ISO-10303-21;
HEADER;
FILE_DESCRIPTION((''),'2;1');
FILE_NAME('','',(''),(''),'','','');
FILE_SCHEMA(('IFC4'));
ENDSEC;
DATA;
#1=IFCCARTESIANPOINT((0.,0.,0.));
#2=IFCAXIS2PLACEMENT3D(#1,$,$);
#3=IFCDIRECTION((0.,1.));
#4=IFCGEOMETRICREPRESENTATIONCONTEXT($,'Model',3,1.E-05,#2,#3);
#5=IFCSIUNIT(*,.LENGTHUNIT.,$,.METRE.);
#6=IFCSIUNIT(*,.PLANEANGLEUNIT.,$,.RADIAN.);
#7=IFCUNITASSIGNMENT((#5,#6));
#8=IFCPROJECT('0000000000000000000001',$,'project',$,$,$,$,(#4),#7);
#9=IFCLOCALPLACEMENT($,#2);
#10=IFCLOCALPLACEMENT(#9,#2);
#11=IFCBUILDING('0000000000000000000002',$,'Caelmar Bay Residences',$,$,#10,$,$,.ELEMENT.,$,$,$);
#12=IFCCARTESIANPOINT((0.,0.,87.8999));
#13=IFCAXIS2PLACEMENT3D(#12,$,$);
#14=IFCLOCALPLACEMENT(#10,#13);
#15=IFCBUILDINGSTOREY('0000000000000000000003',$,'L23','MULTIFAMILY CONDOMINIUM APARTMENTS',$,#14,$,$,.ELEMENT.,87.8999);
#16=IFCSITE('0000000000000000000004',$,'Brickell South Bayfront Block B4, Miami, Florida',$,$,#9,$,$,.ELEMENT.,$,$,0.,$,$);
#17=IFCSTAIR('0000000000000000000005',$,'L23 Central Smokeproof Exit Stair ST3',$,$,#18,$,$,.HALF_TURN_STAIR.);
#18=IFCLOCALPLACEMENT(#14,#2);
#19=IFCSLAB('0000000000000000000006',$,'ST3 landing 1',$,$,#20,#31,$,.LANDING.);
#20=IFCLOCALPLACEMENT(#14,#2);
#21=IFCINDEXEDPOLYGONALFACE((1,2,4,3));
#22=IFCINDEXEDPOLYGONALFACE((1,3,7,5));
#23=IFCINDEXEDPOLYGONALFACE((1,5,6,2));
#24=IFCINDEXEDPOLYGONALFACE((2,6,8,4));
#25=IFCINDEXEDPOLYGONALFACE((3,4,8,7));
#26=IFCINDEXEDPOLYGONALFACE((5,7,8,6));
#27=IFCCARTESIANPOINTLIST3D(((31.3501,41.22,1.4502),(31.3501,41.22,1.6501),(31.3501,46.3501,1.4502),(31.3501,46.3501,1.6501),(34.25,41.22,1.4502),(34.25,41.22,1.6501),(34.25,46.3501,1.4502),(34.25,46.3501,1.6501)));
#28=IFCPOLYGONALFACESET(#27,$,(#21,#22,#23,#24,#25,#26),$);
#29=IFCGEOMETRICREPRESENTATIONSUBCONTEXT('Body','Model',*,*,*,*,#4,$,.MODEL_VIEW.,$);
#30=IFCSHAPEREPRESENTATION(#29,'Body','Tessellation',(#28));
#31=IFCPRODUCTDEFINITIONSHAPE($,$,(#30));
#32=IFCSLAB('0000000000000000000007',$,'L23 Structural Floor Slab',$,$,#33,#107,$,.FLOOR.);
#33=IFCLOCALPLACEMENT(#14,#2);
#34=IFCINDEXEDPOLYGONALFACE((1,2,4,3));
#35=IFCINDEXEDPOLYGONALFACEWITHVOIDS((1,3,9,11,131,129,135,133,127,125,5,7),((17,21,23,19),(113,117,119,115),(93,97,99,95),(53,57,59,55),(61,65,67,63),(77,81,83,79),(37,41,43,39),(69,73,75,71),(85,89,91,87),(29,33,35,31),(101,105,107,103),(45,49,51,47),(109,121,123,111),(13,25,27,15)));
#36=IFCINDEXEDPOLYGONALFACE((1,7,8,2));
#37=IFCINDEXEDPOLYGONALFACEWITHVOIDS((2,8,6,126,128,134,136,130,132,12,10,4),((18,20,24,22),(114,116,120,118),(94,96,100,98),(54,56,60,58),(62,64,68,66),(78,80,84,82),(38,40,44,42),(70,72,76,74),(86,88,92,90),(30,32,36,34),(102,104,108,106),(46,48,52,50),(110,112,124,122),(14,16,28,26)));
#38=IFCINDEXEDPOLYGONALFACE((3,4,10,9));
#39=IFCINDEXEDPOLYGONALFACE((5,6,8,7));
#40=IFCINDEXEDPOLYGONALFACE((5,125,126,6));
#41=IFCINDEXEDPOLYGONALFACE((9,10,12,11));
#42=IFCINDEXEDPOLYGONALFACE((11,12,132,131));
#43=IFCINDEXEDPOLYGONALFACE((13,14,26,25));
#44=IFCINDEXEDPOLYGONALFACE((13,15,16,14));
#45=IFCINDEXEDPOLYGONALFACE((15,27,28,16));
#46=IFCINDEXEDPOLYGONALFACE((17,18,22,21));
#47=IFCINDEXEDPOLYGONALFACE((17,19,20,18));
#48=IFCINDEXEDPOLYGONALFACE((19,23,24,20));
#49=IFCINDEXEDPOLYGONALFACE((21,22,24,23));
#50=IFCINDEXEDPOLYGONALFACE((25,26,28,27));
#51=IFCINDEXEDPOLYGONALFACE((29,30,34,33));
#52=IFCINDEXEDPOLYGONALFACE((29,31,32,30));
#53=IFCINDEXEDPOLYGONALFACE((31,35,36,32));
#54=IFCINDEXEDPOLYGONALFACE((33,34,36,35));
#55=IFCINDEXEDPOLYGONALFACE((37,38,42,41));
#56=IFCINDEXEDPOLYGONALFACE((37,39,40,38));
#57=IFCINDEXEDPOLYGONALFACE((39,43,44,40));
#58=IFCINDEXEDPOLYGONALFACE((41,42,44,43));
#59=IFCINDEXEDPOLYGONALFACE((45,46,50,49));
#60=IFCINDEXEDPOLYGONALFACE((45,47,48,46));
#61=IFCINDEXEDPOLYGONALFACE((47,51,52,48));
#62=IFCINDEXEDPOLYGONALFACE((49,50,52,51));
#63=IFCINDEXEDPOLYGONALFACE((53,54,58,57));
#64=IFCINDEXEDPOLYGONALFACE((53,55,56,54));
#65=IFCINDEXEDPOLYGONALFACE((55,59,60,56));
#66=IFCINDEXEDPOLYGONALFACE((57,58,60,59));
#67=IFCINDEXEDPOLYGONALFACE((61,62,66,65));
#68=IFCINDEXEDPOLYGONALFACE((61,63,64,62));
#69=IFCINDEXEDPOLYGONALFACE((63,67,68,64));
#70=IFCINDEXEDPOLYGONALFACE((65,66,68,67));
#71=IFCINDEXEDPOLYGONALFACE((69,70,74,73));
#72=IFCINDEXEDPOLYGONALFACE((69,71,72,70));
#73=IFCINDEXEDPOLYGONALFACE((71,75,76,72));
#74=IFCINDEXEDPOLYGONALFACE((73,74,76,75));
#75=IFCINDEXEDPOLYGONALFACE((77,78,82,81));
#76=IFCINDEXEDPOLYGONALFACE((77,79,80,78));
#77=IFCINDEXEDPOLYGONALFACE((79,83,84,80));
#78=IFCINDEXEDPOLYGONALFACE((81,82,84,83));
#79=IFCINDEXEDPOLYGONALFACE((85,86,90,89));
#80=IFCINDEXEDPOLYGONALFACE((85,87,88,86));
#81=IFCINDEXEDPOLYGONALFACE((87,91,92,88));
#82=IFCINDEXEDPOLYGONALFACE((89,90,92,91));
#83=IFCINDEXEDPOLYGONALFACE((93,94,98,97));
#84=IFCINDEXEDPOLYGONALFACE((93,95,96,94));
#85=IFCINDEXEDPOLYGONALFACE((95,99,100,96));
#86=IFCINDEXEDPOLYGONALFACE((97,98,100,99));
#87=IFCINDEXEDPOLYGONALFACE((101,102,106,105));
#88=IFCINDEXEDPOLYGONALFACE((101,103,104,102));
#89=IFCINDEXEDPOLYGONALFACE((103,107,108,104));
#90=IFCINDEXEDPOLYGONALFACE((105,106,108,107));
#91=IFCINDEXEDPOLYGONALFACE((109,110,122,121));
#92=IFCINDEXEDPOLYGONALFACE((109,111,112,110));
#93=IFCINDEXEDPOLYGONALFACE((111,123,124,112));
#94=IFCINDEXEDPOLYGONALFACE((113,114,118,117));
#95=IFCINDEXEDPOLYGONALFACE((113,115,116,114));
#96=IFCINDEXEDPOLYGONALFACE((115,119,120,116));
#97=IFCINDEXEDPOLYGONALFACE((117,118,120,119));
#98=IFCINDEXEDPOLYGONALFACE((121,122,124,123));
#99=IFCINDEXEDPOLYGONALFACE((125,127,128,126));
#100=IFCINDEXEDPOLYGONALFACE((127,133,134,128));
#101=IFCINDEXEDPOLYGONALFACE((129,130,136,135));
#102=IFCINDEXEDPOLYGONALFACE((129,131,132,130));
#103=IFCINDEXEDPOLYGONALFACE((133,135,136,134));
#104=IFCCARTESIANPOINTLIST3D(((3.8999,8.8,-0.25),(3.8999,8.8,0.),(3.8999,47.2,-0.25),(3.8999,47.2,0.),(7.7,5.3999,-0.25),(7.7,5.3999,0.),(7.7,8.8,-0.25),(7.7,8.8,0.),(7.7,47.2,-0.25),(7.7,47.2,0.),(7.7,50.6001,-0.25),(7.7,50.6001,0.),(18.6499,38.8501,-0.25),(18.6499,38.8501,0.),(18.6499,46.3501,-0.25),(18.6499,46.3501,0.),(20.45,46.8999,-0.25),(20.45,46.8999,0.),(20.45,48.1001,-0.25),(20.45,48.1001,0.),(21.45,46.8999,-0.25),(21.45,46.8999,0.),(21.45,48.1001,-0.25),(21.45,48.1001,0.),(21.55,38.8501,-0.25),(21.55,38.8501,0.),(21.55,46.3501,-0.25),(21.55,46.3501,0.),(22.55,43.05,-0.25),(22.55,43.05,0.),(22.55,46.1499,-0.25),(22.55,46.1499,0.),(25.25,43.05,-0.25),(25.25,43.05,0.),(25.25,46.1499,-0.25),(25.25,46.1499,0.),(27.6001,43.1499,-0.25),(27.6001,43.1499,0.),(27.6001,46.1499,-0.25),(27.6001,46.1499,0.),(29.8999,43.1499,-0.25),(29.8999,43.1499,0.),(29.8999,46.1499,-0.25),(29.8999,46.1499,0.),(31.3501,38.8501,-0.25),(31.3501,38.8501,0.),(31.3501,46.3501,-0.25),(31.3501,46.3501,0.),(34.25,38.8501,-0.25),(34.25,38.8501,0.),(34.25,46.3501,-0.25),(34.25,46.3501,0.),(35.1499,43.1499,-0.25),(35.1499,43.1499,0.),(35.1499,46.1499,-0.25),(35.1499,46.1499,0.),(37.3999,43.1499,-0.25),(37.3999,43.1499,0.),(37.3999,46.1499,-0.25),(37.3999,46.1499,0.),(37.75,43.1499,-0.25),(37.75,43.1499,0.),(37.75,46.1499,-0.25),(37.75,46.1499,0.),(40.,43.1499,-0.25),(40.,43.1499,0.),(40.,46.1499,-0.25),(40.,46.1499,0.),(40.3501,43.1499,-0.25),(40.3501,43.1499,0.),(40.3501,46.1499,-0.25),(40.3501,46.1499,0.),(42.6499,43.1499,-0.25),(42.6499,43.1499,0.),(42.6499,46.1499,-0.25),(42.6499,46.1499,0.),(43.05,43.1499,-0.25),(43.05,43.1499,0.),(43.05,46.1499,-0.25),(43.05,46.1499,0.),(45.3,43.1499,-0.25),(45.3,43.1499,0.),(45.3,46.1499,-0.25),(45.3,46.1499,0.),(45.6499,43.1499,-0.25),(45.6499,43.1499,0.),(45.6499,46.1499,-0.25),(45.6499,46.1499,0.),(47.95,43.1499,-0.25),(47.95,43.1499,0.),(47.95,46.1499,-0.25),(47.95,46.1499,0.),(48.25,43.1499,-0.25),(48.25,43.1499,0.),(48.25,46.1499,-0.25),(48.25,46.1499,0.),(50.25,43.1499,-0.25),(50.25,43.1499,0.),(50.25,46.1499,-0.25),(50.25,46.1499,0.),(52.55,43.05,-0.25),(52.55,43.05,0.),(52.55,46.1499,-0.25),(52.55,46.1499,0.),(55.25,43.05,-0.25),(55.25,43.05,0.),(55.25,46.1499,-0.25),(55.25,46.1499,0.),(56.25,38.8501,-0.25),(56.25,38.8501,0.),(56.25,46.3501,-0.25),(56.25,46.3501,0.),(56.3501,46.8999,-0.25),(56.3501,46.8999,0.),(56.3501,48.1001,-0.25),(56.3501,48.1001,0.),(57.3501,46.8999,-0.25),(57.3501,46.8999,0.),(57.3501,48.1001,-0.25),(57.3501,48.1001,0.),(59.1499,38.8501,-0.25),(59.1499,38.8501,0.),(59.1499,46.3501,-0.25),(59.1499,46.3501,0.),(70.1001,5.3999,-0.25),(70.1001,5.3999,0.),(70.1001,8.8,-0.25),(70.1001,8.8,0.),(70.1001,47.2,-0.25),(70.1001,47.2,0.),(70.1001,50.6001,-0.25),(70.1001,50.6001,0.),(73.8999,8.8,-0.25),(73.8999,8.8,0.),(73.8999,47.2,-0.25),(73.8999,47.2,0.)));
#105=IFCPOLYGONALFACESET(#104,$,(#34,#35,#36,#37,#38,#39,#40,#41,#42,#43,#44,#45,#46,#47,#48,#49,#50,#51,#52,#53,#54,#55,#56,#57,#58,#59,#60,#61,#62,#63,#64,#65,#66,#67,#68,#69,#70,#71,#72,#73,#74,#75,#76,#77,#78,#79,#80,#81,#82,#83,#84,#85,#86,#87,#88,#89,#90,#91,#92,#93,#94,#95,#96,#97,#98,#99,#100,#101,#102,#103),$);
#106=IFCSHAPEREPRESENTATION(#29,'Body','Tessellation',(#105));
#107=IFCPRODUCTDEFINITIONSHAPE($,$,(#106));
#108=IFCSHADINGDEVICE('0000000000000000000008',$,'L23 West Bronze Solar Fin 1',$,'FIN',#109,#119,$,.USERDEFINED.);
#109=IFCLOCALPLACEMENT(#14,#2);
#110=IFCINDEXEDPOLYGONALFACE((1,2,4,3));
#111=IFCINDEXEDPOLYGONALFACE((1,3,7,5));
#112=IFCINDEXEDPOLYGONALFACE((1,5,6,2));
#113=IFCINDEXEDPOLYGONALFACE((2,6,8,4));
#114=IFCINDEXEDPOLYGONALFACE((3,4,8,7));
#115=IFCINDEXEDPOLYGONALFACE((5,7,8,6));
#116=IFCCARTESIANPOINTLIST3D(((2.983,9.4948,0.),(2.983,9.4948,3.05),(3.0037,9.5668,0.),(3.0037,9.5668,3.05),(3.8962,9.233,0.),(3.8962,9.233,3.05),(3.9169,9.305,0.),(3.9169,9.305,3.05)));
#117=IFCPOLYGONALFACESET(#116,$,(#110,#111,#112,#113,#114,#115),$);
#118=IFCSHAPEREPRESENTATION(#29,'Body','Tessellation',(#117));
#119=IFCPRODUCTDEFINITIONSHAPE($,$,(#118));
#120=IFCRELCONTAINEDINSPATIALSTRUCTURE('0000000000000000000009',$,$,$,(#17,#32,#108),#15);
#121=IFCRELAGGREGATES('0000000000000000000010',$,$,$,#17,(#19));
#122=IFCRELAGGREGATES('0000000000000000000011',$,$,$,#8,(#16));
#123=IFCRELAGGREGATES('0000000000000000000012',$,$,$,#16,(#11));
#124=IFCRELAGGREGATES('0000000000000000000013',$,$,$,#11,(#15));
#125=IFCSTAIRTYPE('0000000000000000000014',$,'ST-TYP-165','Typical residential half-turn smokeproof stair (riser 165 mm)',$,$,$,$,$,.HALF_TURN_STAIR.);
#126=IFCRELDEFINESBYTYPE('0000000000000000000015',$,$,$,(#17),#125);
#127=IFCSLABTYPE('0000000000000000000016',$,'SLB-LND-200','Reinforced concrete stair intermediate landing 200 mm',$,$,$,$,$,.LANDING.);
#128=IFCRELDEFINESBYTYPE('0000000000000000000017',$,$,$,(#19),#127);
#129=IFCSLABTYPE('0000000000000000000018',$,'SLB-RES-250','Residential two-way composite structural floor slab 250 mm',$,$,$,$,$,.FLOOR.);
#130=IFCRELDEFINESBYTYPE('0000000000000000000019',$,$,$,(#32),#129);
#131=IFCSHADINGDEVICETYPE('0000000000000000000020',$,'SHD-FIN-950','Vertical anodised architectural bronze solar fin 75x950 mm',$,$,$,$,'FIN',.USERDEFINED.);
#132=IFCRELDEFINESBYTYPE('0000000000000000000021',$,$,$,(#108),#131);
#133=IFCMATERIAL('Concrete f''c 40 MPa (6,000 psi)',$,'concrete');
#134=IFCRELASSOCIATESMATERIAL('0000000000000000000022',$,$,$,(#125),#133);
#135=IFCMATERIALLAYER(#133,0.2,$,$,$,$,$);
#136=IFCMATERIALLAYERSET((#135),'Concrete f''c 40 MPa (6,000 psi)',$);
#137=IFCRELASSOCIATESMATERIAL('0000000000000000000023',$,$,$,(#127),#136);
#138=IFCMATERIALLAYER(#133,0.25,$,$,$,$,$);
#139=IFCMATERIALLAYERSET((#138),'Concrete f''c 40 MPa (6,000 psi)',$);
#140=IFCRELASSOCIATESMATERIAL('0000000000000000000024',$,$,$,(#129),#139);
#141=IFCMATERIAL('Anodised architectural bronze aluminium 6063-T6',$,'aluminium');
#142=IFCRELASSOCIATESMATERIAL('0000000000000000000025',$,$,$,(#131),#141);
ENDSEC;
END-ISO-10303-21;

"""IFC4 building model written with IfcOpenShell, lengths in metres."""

from ifc_helpers import new_model, si_unit, direction, frame, origin, origin_2d, place, context, subcontext, project, spatial, polyline, rectangle, outline, extrude, material, layer, layer_set, material_profile, profile_set, type_object, element, aggregate, save


model = new_model("IFC4")

# Units and contexts
model_context = context("Model", 3, precision=1e-05, world=origin(), true_north=direction((0.0, 1.0)))
body_context = subcontext(model_context, "Body", "Model", "MODEL_VIEW")
ifc_project = project(units=[si_unit("LENGTHUNIT", "METRE"), si_unit("PLANEANGLEUNIT", "RADIAN")], contexts=[model_context])

# Site, building, storey
site_placement = place(None, origin())
site = spatial("IfcSite", under=ifc_project, at=site_placement, Name="Brickell South Bayfront Block B4, Miami, Florida", CompositionType="ELEMENT", RefElevation=0.0)
building_placement = place(site_placement, origin())
building = spatial("IfcBuilding", under=site, at=building_placement, Name="Caelmar Bay Residences", CompositionType="ELEMENT")
storey_placement = place(building_placement, frame((0.0, 0.0, 87.8999)))
storey = spatial("IfcBuildingStorey", under=building, at=storey_placement, Name="L23", Description="MULTIFAMILY CONDOMINIUM APARTMENTS", CompositionType="ELEMENT", Elevation=87.8999)

# Shared definitions
ifc_material_1 = material(Name="Concrete f'c 40 MPa (6,000 psi)", Category="concrete")

# Stair, slab
stair_type = type_object("IfcStairType", Name="ST-TYP-165", Description="Typical residential half-turn smokeproof stair (riser 165 mm)", PredefinedType="HALF_TURN_STAIR", material=ifc_material_1)
ifc_layer_1 = layer(ifc_material_1, 0.2)
ifc_layer_set_1 = layer_set([ifc_layer_1], Name="Concrete f'c 40 MPa (6,000 psi)")
slab_type_1 = type_object("IfcSlabType", Name="SLB-LND-200", Description="Reinforced concrete stair intermediate landing 200 mm", PredefinedType="LANDING", material=ifc_layer_set_1)
stair_1_placement = place(storey_placement, origin())
stair_1 = element("IfcStair", 1, at=stair_1_placement, inside=storey, type_object=stair_type, Name="L23 Central Smokeproof Exit Stair ST3", PredefinedType="HALF_TURN_STAIR")
slab_1_placement = place(storey_placement, frame((0.0, 0.0, 1.4502)))
slab_1 = element("IfcSlab", 2, at=slab_1_placement, type_object=slab_type_1, Name="ST3 landing 1", PredefinedType="LANDING", context=body_context, shape_type="SweptSolid", body=[
    extrude(outline(polyline([(34.25, 41.22), (34.25, 46.3501), (31.3501, 46.3501), (31.3501, 41.22), (34.25, 41.22)])), origin(), (0.0, 0.0, 1.0), 0.2),
])
aggregate(stair_1, [slab_1])

# Slab
ifc_layer_2 = layer(ifc_material_1, 0.25)
ifc_layer_set_2 = layer_set([ifc_layer_2], Name="Concrete f'c 40 MPa (6,000 psi)")
slab_type_2 = type_object("IfcSlabType", Name="SLB-RES-250", Description="Residential two-way composite structural floor slab 250 mm", PredefinedType="FLOOR", material=ifc_layer_set_2)
slab_2_placement = place(storey_placement, frame((0.0, 0.0, -0.25)))
element("IfcSlab", 3, at=slab_2_placement, inside=storey, type_object=slab_type_2, Name="L23 Structural Floor Slab", PredefinedType="FLOOR", context=body_context, shape_type="SweptSolid", body=[
    extrude(outline(polyline([(7.7, 5.3999), (70.1001, 5.3999), (70.1001, 8.8), (73.8999, 8.8), (73.8999, 47.2), (70.1001, 47.2), (70.1001, 50.6001), (7.7, 50.6001), (7.7, 47.2), (3.8999, 47.2), (3.8999, 8.8), (7.7, 8.8), (7.7, 5.3999)]), holes=[polyline([(18.6499, 38.8501), (21.55, 38.8501), (21.55, 46.3501), (18.6499, 46.3501), (18.6499, 38.8501)]), polyline([(56.25, 38.8501), (59.1499, 38.8501), (59.1499, 46.3501), (56.25, 46.3501), (56.25, 38.8501)]), polyline([(31.3501, 38.8501), (34.25, 38.8501), (34.25, 46.3501), (31.3501, 46.3501), (31.3501, 38.8501)]), polyline([(22.55, 43.05), (25.25, 43.05), (25.25, 46.1499), (22.55, 46.1499), (22.55, 43.05)]), polyline([(52.55, 43.05), (55.25, 43.05), (55.25, 46.1499), (52.55, 46.1499), (52.55, 43.05)]), polyline([(35.1499, 43.1499), (37.3999, 43.1499), (37.3999, 46.1499), (35.1499, 46.1499), (35.1499, 43.1499)]), polyline([(37.75, 43.1499), (40.0, 43.1499), (40.0, 46.1499), (37.75, 46.1499), (37.75, 43.1499)]), polyline([(40.3501, 43.1499), (42.6499, 43.1499), (42.6499, 46.1499), (40.3501, 46.1499), (40.3501, 43.1499)]), polyline([(43.05, 43.1499), (45.3, 43.1499), (45.3, 46.1499), (43.05, 46.1499), (43.05, 43.1499)]), polyline([(45.6499, 43.1499), (47.95, 43.1499), (47.95, 46.1499), (45.6499, 46.1499), (45.6499, 43.1499)]), polyline([(48.25, 43.1499), (50.25, 43.1499), (50.25, 46.1499), (48.25, 46.1499), (48.25, 43.1499)]), polyline([(27.6001, 43.1499), (29.8999, 43.1499), (29.8999, 46.1499), (27.6001, 46.1499), (27.6001, 43.1499)]), polyline([(20.45, 46.8999), (21.45, 46.8999), (21.45, 48.1001), (20.45, 48.1001), (20.45, 46.8999)]), polyline([(56.3501, 46.8999), (57.3501, 46.8999), (57.3501, 48.1001), (56.3501, 48.1001), (56.3501, 46.8999)])]), origin(), (0.0, 0.0, 1.0), 0.25),
])

# Shading device
ifc_material_2 = material(Name="Anodised architectural bronze aluminium 6063-T6", Category="aluminium")
ifc_material_profile_1 = material_profile(ifc_material_2, rectangle(XDim=0.075, YDim=0.95, at=origin_2d()), Name="BRONZE-FIN-75X950")
ifc_profile_set_1 = profile_set([ifc_material_profile_1], Name="Anodised architectural bronze aluminium 6063-T6")
shading_device_type = type_object("IfcShadingDeviceType", Name="SHD-FIN-950", Description="Vertical anodised architectural bronze solar fin 75x950 mm", ElementType="FIN", PredefinedType="USERDEFINED", material=ifc_profile_set_1)
shading_device_placement = place(storey_placement, frame((3.45, 9.3999, 0.0), z_axis=(0.0, 0.0, 1.0), x_axis=(0.275637, 0.961262, 0.0)))
element("IfcShadingDevice", 4, at=shading_device_placement, inside=storey, type_object=shading_device_type, Name="L23 West Bronze Solar Fin 1", ObjectType="FIN", PredefinedType="USERDEFINED", context=body_context, shape_type="SweptSolid", body=[
    extrude(rectangle(XDim=0.075, YDim=0.95, at=origin_2d()), origin(), (0.0, 0.0, 1.0), 3.05),
])

save(model, "model.ifc")
